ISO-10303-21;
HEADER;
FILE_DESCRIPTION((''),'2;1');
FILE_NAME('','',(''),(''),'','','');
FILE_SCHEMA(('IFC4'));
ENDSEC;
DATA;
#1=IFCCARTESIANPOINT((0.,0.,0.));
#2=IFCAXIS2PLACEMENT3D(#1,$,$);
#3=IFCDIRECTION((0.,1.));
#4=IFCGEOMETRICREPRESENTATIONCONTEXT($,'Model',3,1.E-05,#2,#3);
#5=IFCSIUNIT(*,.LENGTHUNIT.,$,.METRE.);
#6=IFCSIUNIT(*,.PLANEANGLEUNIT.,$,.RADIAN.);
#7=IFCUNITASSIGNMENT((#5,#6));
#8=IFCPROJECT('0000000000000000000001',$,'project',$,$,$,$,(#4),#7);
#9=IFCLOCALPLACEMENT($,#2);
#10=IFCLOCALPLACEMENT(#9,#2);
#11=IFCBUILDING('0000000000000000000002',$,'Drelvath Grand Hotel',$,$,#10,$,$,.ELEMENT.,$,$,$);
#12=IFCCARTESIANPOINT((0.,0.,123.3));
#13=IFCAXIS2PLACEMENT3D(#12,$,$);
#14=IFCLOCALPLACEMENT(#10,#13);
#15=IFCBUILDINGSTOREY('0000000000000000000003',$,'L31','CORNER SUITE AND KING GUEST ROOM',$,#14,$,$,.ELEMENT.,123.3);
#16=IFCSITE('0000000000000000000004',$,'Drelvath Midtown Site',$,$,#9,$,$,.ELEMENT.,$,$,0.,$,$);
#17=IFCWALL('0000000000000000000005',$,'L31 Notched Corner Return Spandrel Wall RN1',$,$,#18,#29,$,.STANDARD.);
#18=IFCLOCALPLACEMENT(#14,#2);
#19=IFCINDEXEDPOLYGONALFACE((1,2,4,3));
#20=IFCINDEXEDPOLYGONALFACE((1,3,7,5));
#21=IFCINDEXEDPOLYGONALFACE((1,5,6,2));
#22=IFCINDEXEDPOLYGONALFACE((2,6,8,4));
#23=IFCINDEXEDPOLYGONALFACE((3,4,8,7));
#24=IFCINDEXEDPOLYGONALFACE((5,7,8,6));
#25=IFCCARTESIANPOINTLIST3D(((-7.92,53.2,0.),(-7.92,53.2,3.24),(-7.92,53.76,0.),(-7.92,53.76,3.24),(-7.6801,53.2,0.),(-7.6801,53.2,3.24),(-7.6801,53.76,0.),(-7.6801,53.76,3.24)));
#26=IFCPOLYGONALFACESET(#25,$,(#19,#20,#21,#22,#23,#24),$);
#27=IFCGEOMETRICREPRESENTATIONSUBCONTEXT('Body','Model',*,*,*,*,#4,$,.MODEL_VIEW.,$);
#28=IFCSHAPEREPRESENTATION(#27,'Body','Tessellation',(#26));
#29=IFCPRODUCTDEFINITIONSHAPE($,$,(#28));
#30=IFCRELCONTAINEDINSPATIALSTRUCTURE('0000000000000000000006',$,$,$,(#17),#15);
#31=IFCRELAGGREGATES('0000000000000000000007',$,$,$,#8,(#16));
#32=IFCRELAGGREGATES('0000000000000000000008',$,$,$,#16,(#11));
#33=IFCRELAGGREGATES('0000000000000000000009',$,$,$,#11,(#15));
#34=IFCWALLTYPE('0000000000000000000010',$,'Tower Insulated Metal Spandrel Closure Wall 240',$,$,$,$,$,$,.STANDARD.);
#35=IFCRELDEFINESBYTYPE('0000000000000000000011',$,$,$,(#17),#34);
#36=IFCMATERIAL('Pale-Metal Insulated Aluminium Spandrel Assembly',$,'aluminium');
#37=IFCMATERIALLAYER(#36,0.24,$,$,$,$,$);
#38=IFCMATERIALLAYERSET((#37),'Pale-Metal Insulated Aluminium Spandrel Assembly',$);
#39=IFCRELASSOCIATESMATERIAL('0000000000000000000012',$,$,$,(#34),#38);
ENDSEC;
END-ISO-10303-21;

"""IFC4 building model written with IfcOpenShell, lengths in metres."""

from ifc_helpers import new_model, si_unit, direction, frame, frame_2d, origin, place, context, subcontext, project, spatial, rectangle, extrude, material, layer, layer_set, type_object, element, save


model = new_model("IFC4")

# Units and contexts
model_context = context("Model", 3, precision=1e-05, world=origin(), true_north=direction((0.0, 1.0)))
body_context = subcontext(model_context, "Body", "Model", "MODEL_VIEW")
ifc_project = project(units=[si_unit("LENGTHUNIT", "METRE"), si_unit("PLANEANGLEUNIT", "RADIAN")], contexts=[model_context])

# Site, building, storey
site_placement = place(None, origin())
site = spatial("IfcSite", under=ifc_project, at=site_placement, Name="Drelvath Midtown Site", CompositionType="ELEMENT", RefElevation=0.0)
building_placement = place(site_placement, origin())
building = spatial("IfcBuilding", under=site, at=building_placement, Name="Drelvath Grand Hotel", CompositionType="ELEMENT")
storey_placement = place(building_placement, frame((0.0, 0.0, 123.3)))
storey = spatial("IfcBuildingStorey", under=building, at=storey_placement, Name="L31", Description="CORNER SUITE AND KING GUEST ROOM", CompositionType="ELEMENT", Elevation=123.3)

# Wall
ifc_material_1 = material(Name="Pale-Metal Insulated Aluminium Spandrel Assembly", Category="aluminium")
ifc_layer_1 = layer(ifc_material_1, 0.24)
ifc_layer_set_1 = layer_set([ifc_layer_1], Name="Pale-Metal Insulated Aluminium Spandrel Assembly")
wall_type_1 = type_object("IfcWallType", Name="Tower Insulated Metal Spandrel Closure Wall 240", PredefinedType="STANDARD", material=ifc_layer_set_1)
wall_1_placement = place(storey_placement, frame((-7.8, 53.76, 0.0), z_axis=(0.0, 0.0, 1.0), x_axis=(0.0, -1.0, 0.0)))
element("IfcWall", 1, at=wall_1_placement, inside=storey, type_object=wall_type_1, Name="L31 Notched Corner Return Spandrel Wall RN1", PredefinedType="STANDARD", context=body_context, shape_type="SweptSolid", body=[
    extrude(rectangle(XDim=0.5601, YDim=0.24, at=frame_2d((0.28, 0.0))), origin(), (0.0, 0.0, 1.0), 3.24),
])

save(model, "model.ifc")
